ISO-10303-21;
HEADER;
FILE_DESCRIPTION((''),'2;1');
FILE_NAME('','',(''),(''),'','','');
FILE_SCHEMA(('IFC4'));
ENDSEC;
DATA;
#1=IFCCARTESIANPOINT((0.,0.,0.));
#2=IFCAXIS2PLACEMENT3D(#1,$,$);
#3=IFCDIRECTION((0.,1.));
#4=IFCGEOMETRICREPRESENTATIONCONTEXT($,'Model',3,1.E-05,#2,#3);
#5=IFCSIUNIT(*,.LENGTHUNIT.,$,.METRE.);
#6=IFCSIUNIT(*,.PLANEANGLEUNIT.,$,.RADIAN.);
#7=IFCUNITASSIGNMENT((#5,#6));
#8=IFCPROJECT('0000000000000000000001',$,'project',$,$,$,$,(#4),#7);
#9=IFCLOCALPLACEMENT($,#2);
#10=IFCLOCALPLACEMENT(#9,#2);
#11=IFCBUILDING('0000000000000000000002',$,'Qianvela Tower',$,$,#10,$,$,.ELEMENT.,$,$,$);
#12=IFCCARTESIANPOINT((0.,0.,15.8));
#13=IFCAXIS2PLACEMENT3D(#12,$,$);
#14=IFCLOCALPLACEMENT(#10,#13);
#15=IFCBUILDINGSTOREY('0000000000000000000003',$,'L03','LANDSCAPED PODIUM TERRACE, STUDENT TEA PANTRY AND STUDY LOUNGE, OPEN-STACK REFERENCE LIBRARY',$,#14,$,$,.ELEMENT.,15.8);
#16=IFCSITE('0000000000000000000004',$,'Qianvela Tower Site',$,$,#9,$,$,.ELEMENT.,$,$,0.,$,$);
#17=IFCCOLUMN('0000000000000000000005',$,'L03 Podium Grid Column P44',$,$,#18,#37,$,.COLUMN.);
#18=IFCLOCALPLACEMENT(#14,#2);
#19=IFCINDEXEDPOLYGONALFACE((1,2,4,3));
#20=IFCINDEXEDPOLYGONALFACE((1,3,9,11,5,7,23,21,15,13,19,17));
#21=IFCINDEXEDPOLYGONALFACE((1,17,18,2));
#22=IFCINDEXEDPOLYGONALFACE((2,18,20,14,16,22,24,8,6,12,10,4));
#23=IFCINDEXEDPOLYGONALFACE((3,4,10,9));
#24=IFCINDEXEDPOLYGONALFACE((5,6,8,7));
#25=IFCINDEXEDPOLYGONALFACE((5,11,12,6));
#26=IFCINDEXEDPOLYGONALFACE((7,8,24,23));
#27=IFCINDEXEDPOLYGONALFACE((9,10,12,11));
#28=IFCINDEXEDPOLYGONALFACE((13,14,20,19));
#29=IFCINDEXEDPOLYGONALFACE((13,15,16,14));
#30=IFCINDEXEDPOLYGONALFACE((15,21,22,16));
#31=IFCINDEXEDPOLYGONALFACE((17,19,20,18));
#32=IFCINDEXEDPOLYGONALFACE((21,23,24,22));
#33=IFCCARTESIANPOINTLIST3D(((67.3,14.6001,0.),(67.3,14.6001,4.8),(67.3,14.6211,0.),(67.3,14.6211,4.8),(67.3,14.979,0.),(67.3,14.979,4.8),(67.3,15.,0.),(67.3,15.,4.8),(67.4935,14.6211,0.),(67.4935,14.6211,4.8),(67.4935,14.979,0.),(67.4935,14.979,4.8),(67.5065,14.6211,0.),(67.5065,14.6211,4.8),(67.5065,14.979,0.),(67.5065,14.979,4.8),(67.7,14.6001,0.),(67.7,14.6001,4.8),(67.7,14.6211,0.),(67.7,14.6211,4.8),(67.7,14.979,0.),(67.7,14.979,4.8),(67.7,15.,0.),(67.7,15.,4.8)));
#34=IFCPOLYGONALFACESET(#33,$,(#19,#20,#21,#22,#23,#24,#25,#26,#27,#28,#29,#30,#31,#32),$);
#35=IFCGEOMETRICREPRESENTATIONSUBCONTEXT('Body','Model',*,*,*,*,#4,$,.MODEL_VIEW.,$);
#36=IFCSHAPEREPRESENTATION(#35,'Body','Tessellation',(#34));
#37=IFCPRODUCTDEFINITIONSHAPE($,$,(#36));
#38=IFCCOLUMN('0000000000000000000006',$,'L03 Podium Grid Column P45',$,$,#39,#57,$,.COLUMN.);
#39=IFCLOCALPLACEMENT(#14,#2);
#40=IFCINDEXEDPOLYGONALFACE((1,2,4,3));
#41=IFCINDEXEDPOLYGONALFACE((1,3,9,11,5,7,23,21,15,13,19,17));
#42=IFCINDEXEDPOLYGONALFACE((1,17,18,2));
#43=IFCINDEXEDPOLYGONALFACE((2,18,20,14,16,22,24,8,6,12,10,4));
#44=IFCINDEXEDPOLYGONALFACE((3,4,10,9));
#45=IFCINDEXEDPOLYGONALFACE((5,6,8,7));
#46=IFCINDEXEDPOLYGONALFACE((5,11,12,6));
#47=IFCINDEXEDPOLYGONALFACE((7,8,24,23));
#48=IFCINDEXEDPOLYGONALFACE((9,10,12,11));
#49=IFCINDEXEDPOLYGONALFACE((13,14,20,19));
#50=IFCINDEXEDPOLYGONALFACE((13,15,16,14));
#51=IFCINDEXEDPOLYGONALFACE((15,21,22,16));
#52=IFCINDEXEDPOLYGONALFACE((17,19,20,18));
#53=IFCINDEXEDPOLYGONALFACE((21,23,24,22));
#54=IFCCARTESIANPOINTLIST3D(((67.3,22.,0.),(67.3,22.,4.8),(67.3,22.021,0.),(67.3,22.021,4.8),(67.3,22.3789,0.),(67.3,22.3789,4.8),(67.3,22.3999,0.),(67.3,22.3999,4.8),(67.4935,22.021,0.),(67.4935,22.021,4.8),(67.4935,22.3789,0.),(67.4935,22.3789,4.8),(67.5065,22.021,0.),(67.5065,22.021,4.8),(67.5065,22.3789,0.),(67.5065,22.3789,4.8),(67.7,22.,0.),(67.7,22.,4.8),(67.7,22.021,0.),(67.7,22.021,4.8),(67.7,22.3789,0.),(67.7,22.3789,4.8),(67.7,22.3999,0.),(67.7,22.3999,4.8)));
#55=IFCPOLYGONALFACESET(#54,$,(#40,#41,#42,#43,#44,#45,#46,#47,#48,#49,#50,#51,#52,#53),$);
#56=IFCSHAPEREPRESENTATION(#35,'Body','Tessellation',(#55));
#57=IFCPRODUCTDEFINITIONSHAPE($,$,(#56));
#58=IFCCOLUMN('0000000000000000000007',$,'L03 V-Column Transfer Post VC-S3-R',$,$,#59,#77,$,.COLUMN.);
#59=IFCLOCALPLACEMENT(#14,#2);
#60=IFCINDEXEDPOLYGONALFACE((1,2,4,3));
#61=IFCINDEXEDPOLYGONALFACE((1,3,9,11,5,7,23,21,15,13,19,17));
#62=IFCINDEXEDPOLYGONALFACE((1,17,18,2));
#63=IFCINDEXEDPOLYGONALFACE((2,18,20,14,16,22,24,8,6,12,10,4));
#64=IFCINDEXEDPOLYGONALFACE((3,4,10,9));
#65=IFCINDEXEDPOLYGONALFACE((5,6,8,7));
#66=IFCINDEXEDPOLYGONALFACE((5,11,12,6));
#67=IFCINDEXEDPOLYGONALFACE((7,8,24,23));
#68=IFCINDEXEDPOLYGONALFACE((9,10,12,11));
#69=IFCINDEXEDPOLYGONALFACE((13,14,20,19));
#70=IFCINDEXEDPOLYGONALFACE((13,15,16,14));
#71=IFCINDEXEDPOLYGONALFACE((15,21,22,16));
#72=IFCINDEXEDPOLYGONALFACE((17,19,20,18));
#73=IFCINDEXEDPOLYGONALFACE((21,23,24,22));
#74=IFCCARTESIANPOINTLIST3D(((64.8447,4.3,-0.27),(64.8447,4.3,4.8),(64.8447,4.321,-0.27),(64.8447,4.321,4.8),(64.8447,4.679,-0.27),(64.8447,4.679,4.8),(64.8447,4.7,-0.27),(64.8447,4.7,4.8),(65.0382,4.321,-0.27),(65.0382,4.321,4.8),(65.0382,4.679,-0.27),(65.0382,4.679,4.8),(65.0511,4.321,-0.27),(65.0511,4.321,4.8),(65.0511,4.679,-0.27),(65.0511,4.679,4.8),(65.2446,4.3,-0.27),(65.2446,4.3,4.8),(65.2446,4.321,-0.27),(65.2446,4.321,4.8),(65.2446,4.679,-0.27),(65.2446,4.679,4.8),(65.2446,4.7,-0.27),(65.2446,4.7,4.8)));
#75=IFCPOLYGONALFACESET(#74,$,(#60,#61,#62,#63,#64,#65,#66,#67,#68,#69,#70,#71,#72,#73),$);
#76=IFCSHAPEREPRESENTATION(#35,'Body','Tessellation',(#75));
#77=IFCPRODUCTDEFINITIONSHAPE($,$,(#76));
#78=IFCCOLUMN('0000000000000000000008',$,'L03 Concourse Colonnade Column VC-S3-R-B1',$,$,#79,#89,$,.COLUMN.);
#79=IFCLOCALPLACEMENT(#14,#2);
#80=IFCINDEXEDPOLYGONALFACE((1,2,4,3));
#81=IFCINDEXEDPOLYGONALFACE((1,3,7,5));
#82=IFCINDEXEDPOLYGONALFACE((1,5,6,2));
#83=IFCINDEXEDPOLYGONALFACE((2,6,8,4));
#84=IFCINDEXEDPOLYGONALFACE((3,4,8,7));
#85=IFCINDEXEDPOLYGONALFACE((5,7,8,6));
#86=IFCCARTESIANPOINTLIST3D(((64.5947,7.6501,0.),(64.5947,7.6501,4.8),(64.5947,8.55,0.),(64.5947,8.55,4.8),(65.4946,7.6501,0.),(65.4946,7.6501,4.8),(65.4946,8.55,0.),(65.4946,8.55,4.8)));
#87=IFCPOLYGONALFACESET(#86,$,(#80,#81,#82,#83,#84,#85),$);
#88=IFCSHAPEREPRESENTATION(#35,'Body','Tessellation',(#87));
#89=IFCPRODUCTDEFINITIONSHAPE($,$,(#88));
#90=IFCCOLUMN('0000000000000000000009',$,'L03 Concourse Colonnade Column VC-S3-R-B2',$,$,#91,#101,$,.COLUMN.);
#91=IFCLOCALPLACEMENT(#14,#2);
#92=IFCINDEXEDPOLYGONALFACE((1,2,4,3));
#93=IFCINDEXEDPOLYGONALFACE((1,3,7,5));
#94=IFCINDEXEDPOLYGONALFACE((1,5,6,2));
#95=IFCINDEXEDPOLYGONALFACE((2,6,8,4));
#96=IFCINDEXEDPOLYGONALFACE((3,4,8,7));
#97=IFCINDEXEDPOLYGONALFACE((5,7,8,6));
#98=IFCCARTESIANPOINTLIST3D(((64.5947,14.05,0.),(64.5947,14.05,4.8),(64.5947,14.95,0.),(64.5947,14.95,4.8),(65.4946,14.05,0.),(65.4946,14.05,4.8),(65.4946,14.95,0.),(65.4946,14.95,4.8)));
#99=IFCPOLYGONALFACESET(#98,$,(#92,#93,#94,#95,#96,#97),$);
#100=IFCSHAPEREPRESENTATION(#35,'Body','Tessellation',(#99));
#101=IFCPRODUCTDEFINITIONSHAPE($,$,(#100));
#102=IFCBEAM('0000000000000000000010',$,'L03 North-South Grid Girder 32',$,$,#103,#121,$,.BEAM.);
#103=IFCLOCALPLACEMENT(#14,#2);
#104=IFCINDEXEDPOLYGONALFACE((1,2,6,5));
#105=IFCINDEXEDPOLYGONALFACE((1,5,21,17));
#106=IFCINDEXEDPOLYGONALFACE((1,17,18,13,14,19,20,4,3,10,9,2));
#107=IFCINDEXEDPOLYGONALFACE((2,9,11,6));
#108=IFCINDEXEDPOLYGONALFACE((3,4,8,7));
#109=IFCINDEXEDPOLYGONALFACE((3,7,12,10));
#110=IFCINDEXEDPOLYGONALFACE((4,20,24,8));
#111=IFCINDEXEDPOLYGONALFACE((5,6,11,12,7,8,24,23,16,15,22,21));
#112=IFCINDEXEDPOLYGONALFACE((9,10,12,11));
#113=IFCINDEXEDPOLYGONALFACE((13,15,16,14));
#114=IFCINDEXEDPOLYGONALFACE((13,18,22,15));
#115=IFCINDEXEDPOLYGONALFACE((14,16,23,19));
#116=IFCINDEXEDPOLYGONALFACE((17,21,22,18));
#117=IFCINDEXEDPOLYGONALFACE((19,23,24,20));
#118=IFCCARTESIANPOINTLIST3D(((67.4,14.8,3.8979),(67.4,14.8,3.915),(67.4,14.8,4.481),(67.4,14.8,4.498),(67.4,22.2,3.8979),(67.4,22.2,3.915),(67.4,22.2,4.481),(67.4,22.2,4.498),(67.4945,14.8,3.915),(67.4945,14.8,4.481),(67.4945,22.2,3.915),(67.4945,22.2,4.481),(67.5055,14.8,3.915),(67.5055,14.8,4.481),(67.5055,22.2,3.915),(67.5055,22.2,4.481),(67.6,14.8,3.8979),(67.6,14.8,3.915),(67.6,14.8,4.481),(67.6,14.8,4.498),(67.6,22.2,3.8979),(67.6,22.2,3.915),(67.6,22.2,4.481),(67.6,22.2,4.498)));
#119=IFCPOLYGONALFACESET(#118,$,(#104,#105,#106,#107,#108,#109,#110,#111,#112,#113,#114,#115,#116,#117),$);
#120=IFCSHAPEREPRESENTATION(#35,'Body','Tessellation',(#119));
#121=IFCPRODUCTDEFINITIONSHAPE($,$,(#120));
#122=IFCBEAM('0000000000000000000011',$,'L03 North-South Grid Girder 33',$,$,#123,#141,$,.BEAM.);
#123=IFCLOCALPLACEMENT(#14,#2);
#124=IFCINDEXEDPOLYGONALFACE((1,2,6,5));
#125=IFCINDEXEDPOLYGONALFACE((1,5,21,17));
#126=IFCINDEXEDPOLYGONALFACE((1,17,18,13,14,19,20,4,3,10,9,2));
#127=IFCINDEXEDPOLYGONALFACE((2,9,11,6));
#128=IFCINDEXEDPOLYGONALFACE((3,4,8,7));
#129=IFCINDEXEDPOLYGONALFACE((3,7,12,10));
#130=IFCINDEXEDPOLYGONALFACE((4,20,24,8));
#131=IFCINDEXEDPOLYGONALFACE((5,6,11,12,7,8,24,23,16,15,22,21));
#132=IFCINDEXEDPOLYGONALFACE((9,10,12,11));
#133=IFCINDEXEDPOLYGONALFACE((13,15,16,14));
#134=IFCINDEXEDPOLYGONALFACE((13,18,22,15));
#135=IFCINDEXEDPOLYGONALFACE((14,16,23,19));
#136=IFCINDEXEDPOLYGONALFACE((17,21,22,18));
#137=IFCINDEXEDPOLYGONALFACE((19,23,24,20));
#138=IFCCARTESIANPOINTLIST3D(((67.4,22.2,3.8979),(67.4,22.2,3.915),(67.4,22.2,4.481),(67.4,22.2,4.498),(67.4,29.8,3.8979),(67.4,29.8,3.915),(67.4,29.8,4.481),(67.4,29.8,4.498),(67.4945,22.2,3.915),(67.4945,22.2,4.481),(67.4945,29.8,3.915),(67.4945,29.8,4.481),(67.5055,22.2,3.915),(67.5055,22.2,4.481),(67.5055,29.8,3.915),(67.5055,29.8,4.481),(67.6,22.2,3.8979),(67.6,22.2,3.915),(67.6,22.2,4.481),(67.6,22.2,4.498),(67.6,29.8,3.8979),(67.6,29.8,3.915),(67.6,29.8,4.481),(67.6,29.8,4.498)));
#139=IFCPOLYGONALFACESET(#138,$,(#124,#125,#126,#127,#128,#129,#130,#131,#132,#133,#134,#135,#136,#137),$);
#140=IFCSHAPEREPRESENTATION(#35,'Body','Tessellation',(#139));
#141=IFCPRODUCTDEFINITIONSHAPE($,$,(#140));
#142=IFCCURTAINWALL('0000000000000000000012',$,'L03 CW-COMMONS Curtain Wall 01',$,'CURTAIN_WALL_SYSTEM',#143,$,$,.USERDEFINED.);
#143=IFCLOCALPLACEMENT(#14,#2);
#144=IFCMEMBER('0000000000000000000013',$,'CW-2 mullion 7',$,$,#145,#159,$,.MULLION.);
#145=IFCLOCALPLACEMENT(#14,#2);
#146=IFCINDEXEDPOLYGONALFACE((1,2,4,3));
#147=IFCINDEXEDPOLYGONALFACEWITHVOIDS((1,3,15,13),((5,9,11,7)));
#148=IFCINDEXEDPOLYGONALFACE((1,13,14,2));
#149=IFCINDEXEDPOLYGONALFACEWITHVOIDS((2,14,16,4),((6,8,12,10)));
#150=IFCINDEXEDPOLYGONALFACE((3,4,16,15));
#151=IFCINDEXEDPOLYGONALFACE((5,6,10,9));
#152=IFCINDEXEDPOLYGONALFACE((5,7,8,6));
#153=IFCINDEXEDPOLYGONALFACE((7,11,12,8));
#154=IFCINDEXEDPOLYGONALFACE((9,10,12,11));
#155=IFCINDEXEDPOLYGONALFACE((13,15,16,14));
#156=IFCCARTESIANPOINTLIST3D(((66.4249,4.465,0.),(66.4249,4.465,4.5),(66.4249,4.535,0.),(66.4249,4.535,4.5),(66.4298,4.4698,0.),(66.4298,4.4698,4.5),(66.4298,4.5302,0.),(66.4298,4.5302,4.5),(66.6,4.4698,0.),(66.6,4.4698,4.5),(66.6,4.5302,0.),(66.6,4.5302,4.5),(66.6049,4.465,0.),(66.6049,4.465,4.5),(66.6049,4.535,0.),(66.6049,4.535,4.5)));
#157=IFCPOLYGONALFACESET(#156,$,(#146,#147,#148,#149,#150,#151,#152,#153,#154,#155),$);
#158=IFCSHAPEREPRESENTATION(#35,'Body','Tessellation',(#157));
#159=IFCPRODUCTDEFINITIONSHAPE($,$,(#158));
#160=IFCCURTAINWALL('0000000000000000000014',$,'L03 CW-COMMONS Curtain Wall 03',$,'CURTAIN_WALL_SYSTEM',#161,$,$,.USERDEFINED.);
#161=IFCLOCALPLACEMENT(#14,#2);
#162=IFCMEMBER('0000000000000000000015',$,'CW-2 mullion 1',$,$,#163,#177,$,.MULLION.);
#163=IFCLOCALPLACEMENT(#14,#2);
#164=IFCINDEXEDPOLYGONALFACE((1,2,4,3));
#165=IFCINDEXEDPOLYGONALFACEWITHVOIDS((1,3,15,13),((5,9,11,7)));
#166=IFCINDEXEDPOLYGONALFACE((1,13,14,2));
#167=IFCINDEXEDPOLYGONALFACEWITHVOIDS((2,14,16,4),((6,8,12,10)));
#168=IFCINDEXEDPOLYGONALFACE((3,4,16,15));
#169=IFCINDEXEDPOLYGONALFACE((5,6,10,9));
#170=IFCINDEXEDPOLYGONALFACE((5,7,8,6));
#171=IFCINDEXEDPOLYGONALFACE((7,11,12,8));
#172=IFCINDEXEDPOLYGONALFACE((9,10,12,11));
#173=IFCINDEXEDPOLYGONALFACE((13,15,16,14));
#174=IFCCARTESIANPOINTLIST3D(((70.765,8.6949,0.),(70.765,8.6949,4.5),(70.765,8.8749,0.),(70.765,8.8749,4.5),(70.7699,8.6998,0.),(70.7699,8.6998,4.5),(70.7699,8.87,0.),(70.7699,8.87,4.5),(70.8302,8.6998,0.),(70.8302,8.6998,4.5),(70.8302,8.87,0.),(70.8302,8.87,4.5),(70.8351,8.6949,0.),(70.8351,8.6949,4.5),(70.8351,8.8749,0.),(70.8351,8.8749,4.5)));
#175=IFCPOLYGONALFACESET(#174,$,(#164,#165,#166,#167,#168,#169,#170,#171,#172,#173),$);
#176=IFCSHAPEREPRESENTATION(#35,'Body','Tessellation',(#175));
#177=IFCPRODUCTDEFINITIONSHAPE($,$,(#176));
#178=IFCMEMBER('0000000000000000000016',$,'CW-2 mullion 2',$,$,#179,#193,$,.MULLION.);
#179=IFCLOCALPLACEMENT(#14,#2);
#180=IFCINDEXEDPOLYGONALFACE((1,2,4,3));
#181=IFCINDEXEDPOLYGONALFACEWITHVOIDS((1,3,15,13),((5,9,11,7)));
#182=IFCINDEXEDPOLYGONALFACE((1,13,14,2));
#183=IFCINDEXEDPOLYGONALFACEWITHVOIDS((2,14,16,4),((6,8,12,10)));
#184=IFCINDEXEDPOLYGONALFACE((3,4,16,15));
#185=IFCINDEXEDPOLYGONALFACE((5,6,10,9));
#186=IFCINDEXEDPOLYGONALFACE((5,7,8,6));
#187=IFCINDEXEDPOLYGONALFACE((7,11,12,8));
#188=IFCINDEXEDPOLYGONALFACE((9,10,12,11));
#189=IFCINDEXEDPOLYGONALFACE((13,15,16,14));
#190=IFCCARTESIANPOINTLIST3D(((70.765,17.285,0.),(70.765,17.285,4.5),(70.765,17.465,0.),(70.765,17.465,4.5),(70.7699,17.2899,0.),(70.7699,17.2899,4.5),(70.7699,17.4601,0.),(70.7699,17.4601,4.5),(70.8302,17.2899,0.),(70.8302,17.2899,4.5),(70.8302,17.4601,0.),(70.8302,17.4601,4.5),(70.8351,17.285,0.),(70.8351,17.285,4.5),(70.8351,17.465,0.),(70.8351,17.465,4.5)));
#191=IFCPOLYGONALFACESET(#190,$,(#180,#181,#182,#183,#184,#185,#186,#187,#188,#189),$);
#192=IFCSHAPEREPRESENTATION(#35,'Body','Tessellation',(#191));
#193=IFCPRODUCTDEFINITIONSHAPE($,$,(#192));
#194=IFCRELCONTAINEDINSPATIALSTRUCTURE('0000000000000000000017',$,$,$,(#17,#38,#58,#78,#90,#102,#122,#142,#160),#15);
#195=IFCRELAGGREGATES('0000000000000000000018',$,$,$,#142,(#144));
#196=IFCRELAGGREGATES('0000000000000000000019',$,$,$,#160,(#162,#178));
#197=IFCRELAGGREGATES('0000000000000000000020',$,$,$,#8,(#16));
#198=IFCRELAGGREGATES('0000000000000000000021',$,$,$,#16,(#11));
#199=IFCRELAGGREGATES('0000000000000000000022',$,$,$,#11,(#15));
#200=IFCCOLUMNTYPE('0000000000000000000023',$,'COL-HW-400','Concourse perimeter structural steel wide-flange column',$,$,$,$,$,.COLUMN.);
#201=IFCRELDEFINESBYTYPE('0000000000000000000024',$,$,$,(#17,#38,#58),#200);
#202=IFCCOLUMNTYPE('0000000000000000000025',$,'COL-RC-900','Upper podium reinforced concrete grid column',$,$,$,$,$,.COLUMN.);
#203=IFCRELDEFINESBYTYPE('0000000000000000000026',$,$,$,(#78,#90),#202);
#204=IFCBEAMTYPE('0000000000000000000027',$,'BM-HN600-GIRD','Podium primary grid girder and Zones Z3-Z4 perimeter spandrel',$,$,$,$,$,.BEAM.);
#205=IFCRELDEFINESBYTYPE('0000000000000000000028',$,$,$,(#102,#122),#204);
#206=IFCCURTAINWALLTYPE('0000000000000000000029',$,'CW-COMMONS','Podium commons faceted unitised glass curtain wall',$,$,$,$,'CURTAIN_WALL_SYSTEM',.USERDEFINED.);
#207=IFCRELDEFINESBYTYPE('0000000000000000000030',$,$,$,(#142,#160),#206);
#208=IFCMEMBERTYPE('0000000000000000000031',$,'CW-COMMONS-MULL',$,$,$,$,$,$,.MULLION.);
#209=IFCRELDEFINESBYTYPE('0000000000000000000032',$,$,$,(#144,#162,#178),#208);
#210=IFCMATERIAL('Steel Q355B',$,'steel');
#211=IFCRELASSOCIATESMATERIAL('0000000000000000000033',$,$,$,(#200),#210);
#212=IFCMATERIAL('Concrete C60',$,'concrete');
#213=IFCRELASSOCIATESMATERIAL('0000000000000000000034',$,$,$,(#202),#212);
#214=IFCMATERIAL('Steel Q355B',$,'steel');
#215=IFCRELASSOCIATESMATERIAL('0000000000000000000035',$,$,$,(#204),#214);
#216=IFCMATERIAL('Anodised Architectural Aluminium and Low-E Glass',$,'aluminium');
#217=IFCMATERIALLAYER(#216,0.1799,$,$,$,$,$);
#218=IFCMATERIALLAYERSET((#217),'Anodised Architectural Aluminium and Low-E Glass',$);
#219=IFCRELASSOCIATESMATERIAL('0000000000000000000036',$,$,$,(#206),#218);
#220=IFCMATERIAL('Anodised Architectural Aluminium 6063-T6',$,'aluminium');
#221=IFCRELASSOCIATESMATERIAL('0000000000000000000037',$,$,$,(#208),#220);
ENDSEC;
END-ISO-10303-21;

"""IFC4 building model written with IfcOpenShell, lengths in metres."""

from ifc_helpers import new_model, si_unit, direction, frame, origin, origin_2d, place, context, subcontext, project, spatial, rectangle, hollow_rectangle, i_section, extrude, material, layer, layer_set, material_profile, profile_set, type_object, element, aggregate, save


model = new_model("IFC4")

# Units and contexts
model_context = context("Model", 3, precision=1e-05, world=origin(), true_north=direction((0.0, 1.0)))
body_context = subcontext(model_context, "Body", "Model", "MODEL_VIEW")
ifc_project = project(units=[si_unit("LENGTHUNIT", "METRE"), si_unit("PLANEANGLEUNIT", "RADIAN")], contexts=[model_context])

# Site, building, storey
site_placement = place(None, origin())
site = spatial("IfcSite", under=ifc_project, at=site_placement, Name="Qianvela Tower Site", CompositionType="ELEMENT", RefElevation=0.0)
building_placement = place(site_placement, origin())
building = spatial("IfcBuilding", under=site, at=building_placement, Name="Qianvela Tower", CompositionType="ELEMENT")
storey_placement = place(building_placement, frame((0.0, 0.0, 15.8)))
storey = spatial("IfcBuildingStorey", under=building, at=storey_placement, Name="L03", Description="LANDSCAPED PODIUM TERRACE, STUDENT TEA PANTRY AND STUDY LOUNGE, OPEN-STACK REFERENCE LIBRARY", CompositionType="ELEMENT", Elevation=15.8)

# Columns
ifc_material_1 = material(Name="Steel Q355B", Category="steel")
ifc_material_profile_1 = material_profile(ifc_material_1, i_section(OverallWidth=0.3999, OverallDepth=0.3999, WebThickness=0.0129, FlangeThickness=0.021, at=origin_2d()), Name="HW400x400x13x21")
ifc_profile_set_1 = profile_set([ifc_material_profile_1], Name="Steel Q355B")
column_type_1 = type_object("IfcColumnType", Name="COL-HW-400", Description="Concourse perimeter structural steel wide-flange column", PredefinedType="COLUMN", material=ifc_profile_set_1)
for number, where, z_axis, x_axis, name in (
    (1, (67.5, 14.8, 0.0), (0.0, 0.0, 1.0), (1.0, 0.0, 0.0), "L03 Podium Grid Column P44"),
    (2, (67.5, 22.2, 0.0), (0.0, 0.0, 1.0), (1.0, 0.0, 0.0), "L03 Podium Grid Column P45"),
):
    element("IfcColumn", number, at=place(storey_placement, frame(where, z_axis=z_axis, x_axis=x_axis)), inside=storey, type_object=column_type_1, Name=name, PredefinedType="COLUMN", context=body_context, shape_type="SweptSolid", body=[
        extrude(i_section(OverallWidth=0.3999, OverallDepth=0.3999, WebThickness=0.0129, FlangeThickness=0.021, at=origin_2d()), origin(), (0.0, 0.0, 1.0), 4.8),
    ])
column_placement = place(storey_placement, frame((65.0447, 4.5, -0.27), z_axis=(0.0, 0.0, 1.0), x_axis=(1.0, 0.0, 0.0)))
element("IfcColumn", 3, at=column_placement, inside=storey, type_object=column_type_1, Name="L03 V-Column Transfer Post VC-S3-R", PredefinedType="COLUMN", context=body_context, shape_type="SweptSolid", body=[
    extrude(i_section(OverallWidth=0.3999, OverallDepth=0.3999, WebThickness=0.0129, FlangeThickness=0.021, at=origin_2d()), origin(), (0.0, 0.0, 1.0), 5.0701),
])
ifc_material_2 = material(Name="Concrete C60", Category="concrete")
ifc_material_profile_2 = material_profile(ifc_material_2, rectangle(XDim=0.8999, YDim=0.8999, at=origin_2d()), Name="RC-COL-900x900")
ifc_profile_set_2 = profile_set([ifc_material_profile_2], Name="Concrete C60")
column_type_2 = type_object("IfcColumnType", Name="COL-RC-900", Description="Upper podium reinforced concrete grid column", PredefinedType="COLUMN", material=ifc_profile_set_2)
for number, where, z_axis, x_axis, name in (
    (4, (65.0447, 8.1001, 0.0), (0.0, 0.0, 1.0), (1.0, 0.0, 0.0), "L03 Concourse Colonnade Column VC-S3-R-B1"),
    (5, (65.0447, 14.5, 0.0), (0.0, 0.0, 1.0), (1.0, 0.0, 0.0), "L03 Concourse Colonnade Column VC-S3-R-B2"),
):
    element("IfcColumn", number, at=place(storey_placement, frame(where, z_axis=z_axis, x_axis=x_axis)), inside=storey, type_object=column_type_2, Name=name, PredefinedType="COLUMN", context=body_context, shape_type="SweptSolid", body=[
        extrude(rectangle(XDim=0.8999, YDim=0.8999, at=origin_2d()), origin(), (0.0, 0.0, 1.0), 4.8),
    ])

# Beams
ifc_material_3 = material(Name="Steel Q355B", Category="steel")
ifc_material_profile_3 = material_profile(ifc_material_3, i_section(OverallWidth=0.2, OverallDepth=0.6001, WebThickness=0.011, FlangeThickness=0.0171, at=origin_2d()), Name="HN600x200x11x17")
ifc_profile_set_3 = profile_set([ifc_material_profile_3], Name="Steel Q355B")
beam_type = type_object("IfcBeamType", Name="BM-HN600-GIRD", Description="Podium primary grid girder and Zones Z3-Z4 perimeter spandrel", PredefinedType="BEAM", material=ifc_profile_set_3)
beam_1_placement = place(storey_placement, frame((67.5, 14.8, 4.198), z_axis=(0.0, 1.0, 0.0), x_axis=(-1.0, 0.0, 0.0)))
element("IfcBeam", 6, at=beam_1_placement, inside=storey, type_object=beam_type, Name="L03 North-South Grid Girder 32", PredefinedType="BEAM", context=body_context, shape_type="SweptSolid", body=[
    extrude(i_section(OverallWidth=0.2, OverallDepth=0.6001, WebThickness=0.011, FlangeThickness=0.0171, at=origin_2d()), origin(), (0.0, 0.0, 1.0), 7.3999),
])
beam_2_placement = place(storey_placement, frame((67.5, 22.2, 4.198), z_axis=(0.0, 1.0, 0.0), x_axis=(-1.0, 0.0, 0.0)))
element("IfcBeam", 7, at=beam_2_placement, inside=storey, type_object=beam_type, Name="L03 North-South Grid Girder 33", PredefinedType="BEAM", context=body_context, shape_type="SweptSolid", body=[
    extrude(i_section(OverallWidth=0.2, OverallDepth=0.6001, WebThickness=0.011, FlangeThickness=0.0171, at=origin_2d()), origin(), (0.0, 0.0, 1.0), 7.6001),
])

# Curtain wall, member
ifc_material_4 = material(Name="Anodised Architectural Aluminium and Low-E Glass", Category="aluminium")
ifc_layer_1 = layer(ifc_material_4, 0.1799)
ifc_layer_set_1 = layer_set([ifc_layer_1], Name="Anodised Architectural Aluminium and Low-E Glass")
curtain_wall_type = type_object("IfcCurtainWallType", Name="CW-COMMONS", Description="Podium commons faceted unitised glass curtain wall", ElementType="CURTAIN_WALL_SYSTEM", PredefinedType="USERDEFINED", material=ifc_layer_set_1)
curtain_wall_1_placement = place(storey_placement, origin())
curtain_wall_1 = element("IfcCurtainWall", 8, at=curtain_wall_1_placement, inside=storey, type_object=curtain_wall_type, Name="L03 CW-COMMONS Curtain Wall 01", ObjectType="CURTAIN_WALL_SYSTEM", PredefinedType="USERDEFINED")
ifc_material_5 = material(Name="Anodised Architectural Aluminium 6063-T6", Category="aluminium")
ifc_material_profile_4 = material_profile(ifc_material_5, hollow_rectangle(XDim=0.0701, YDim=0.1799, WallThickness=0.0049, at=origin_2d()), Name="ALU-MULL-70x180")
ifc_profile_set_4 = profile_set([ifc_material_profile_4], Name="Anodised Architectural Aluminium 6063-T6")
member_type_1 = type_object("IfcMemberType", Name="CW-COMMONS-MULL", PredefinedType="MULLION", material=ifc_profile_set_4)
member_1_placement = place(storey_placement, frame((66.5149, 4.5, 0.0), z_axis=(0.0, 0.0, 1.0), x_axis=(0.0, 1.0, 0.0)))
member_1 = element("IfcMember", 9, at=member_1_placement, type_object=member_type_1, Name="CW-2 mullion 7", PredefinedType="MULLION", context=body_context, shape_type="SweptSolid", body=[
    extrude(hollow_rectangle(XDim=0.0701, YDim=0.1799, WallThickness=0.0049, at=origin_2d()), origin(), (0.0, 0.0, 1.0), 4.5),
])
aggregate(curtain_wall_1, [member_1])

# Curtain wall, members
curtain_wall_2_placement = place(storey_placement, origin())
curtain_wall_2 = element("IfcCurtainWall", 10, at=curtain_wall_2_placement, inside=storey, type_object=curtain_wall_type, Name="L03 CW-COMMONS Curtain Wall 03", ObjectType="CURTAIN_WALL_SYSTEM", PredefinedType="USERDEFINED")
member_2_placement = place(storey_placement, frame((70.8, 8.7849, 0.0), z_axis=(0.0, 0.0, 1.0), x_axis=(-1.0, 0.0, 0.0)))
member_2 = element("IfcMember", 11, at=member_2_placement, type_object=member_type_1, Name="CW-2 mullion 1", PredefinedType="MULLION", context=body_context, shape_type="SweptSolid", body=[
    extrude(hollow_rectangle(XDim=0.0701, YDim=0.1799, WallThickness=0.0049, at=origin_2d()), origin(), (0.0, 0.0, 1.0), 4.5),
])
member_3_placement = place(storey_placement, frame((70.8, 17.375, 0.0), z_axis=(0.0, 0.0, 1.0), x_axis=(-1.0, 0.0, 0.0)))
member_3 = element("IfcMember", 12, at=member_3_placement, type_object=member_type_1, Name="CW-2 mullion 2", PredefinedType="MULLION", context=body_context, shape_type="SweptSolid", body=[
    extrude(hollow_rectangle(XDim=0.0701, YDim=0.1799, WallThickness=0.0049, at=origin_2d()), origin(), (0.0, 0.0, 1.0), 4.5),
])
aggregate(curtain_wall_2, [member_2, member_3])

save(model, "model.ifc")
